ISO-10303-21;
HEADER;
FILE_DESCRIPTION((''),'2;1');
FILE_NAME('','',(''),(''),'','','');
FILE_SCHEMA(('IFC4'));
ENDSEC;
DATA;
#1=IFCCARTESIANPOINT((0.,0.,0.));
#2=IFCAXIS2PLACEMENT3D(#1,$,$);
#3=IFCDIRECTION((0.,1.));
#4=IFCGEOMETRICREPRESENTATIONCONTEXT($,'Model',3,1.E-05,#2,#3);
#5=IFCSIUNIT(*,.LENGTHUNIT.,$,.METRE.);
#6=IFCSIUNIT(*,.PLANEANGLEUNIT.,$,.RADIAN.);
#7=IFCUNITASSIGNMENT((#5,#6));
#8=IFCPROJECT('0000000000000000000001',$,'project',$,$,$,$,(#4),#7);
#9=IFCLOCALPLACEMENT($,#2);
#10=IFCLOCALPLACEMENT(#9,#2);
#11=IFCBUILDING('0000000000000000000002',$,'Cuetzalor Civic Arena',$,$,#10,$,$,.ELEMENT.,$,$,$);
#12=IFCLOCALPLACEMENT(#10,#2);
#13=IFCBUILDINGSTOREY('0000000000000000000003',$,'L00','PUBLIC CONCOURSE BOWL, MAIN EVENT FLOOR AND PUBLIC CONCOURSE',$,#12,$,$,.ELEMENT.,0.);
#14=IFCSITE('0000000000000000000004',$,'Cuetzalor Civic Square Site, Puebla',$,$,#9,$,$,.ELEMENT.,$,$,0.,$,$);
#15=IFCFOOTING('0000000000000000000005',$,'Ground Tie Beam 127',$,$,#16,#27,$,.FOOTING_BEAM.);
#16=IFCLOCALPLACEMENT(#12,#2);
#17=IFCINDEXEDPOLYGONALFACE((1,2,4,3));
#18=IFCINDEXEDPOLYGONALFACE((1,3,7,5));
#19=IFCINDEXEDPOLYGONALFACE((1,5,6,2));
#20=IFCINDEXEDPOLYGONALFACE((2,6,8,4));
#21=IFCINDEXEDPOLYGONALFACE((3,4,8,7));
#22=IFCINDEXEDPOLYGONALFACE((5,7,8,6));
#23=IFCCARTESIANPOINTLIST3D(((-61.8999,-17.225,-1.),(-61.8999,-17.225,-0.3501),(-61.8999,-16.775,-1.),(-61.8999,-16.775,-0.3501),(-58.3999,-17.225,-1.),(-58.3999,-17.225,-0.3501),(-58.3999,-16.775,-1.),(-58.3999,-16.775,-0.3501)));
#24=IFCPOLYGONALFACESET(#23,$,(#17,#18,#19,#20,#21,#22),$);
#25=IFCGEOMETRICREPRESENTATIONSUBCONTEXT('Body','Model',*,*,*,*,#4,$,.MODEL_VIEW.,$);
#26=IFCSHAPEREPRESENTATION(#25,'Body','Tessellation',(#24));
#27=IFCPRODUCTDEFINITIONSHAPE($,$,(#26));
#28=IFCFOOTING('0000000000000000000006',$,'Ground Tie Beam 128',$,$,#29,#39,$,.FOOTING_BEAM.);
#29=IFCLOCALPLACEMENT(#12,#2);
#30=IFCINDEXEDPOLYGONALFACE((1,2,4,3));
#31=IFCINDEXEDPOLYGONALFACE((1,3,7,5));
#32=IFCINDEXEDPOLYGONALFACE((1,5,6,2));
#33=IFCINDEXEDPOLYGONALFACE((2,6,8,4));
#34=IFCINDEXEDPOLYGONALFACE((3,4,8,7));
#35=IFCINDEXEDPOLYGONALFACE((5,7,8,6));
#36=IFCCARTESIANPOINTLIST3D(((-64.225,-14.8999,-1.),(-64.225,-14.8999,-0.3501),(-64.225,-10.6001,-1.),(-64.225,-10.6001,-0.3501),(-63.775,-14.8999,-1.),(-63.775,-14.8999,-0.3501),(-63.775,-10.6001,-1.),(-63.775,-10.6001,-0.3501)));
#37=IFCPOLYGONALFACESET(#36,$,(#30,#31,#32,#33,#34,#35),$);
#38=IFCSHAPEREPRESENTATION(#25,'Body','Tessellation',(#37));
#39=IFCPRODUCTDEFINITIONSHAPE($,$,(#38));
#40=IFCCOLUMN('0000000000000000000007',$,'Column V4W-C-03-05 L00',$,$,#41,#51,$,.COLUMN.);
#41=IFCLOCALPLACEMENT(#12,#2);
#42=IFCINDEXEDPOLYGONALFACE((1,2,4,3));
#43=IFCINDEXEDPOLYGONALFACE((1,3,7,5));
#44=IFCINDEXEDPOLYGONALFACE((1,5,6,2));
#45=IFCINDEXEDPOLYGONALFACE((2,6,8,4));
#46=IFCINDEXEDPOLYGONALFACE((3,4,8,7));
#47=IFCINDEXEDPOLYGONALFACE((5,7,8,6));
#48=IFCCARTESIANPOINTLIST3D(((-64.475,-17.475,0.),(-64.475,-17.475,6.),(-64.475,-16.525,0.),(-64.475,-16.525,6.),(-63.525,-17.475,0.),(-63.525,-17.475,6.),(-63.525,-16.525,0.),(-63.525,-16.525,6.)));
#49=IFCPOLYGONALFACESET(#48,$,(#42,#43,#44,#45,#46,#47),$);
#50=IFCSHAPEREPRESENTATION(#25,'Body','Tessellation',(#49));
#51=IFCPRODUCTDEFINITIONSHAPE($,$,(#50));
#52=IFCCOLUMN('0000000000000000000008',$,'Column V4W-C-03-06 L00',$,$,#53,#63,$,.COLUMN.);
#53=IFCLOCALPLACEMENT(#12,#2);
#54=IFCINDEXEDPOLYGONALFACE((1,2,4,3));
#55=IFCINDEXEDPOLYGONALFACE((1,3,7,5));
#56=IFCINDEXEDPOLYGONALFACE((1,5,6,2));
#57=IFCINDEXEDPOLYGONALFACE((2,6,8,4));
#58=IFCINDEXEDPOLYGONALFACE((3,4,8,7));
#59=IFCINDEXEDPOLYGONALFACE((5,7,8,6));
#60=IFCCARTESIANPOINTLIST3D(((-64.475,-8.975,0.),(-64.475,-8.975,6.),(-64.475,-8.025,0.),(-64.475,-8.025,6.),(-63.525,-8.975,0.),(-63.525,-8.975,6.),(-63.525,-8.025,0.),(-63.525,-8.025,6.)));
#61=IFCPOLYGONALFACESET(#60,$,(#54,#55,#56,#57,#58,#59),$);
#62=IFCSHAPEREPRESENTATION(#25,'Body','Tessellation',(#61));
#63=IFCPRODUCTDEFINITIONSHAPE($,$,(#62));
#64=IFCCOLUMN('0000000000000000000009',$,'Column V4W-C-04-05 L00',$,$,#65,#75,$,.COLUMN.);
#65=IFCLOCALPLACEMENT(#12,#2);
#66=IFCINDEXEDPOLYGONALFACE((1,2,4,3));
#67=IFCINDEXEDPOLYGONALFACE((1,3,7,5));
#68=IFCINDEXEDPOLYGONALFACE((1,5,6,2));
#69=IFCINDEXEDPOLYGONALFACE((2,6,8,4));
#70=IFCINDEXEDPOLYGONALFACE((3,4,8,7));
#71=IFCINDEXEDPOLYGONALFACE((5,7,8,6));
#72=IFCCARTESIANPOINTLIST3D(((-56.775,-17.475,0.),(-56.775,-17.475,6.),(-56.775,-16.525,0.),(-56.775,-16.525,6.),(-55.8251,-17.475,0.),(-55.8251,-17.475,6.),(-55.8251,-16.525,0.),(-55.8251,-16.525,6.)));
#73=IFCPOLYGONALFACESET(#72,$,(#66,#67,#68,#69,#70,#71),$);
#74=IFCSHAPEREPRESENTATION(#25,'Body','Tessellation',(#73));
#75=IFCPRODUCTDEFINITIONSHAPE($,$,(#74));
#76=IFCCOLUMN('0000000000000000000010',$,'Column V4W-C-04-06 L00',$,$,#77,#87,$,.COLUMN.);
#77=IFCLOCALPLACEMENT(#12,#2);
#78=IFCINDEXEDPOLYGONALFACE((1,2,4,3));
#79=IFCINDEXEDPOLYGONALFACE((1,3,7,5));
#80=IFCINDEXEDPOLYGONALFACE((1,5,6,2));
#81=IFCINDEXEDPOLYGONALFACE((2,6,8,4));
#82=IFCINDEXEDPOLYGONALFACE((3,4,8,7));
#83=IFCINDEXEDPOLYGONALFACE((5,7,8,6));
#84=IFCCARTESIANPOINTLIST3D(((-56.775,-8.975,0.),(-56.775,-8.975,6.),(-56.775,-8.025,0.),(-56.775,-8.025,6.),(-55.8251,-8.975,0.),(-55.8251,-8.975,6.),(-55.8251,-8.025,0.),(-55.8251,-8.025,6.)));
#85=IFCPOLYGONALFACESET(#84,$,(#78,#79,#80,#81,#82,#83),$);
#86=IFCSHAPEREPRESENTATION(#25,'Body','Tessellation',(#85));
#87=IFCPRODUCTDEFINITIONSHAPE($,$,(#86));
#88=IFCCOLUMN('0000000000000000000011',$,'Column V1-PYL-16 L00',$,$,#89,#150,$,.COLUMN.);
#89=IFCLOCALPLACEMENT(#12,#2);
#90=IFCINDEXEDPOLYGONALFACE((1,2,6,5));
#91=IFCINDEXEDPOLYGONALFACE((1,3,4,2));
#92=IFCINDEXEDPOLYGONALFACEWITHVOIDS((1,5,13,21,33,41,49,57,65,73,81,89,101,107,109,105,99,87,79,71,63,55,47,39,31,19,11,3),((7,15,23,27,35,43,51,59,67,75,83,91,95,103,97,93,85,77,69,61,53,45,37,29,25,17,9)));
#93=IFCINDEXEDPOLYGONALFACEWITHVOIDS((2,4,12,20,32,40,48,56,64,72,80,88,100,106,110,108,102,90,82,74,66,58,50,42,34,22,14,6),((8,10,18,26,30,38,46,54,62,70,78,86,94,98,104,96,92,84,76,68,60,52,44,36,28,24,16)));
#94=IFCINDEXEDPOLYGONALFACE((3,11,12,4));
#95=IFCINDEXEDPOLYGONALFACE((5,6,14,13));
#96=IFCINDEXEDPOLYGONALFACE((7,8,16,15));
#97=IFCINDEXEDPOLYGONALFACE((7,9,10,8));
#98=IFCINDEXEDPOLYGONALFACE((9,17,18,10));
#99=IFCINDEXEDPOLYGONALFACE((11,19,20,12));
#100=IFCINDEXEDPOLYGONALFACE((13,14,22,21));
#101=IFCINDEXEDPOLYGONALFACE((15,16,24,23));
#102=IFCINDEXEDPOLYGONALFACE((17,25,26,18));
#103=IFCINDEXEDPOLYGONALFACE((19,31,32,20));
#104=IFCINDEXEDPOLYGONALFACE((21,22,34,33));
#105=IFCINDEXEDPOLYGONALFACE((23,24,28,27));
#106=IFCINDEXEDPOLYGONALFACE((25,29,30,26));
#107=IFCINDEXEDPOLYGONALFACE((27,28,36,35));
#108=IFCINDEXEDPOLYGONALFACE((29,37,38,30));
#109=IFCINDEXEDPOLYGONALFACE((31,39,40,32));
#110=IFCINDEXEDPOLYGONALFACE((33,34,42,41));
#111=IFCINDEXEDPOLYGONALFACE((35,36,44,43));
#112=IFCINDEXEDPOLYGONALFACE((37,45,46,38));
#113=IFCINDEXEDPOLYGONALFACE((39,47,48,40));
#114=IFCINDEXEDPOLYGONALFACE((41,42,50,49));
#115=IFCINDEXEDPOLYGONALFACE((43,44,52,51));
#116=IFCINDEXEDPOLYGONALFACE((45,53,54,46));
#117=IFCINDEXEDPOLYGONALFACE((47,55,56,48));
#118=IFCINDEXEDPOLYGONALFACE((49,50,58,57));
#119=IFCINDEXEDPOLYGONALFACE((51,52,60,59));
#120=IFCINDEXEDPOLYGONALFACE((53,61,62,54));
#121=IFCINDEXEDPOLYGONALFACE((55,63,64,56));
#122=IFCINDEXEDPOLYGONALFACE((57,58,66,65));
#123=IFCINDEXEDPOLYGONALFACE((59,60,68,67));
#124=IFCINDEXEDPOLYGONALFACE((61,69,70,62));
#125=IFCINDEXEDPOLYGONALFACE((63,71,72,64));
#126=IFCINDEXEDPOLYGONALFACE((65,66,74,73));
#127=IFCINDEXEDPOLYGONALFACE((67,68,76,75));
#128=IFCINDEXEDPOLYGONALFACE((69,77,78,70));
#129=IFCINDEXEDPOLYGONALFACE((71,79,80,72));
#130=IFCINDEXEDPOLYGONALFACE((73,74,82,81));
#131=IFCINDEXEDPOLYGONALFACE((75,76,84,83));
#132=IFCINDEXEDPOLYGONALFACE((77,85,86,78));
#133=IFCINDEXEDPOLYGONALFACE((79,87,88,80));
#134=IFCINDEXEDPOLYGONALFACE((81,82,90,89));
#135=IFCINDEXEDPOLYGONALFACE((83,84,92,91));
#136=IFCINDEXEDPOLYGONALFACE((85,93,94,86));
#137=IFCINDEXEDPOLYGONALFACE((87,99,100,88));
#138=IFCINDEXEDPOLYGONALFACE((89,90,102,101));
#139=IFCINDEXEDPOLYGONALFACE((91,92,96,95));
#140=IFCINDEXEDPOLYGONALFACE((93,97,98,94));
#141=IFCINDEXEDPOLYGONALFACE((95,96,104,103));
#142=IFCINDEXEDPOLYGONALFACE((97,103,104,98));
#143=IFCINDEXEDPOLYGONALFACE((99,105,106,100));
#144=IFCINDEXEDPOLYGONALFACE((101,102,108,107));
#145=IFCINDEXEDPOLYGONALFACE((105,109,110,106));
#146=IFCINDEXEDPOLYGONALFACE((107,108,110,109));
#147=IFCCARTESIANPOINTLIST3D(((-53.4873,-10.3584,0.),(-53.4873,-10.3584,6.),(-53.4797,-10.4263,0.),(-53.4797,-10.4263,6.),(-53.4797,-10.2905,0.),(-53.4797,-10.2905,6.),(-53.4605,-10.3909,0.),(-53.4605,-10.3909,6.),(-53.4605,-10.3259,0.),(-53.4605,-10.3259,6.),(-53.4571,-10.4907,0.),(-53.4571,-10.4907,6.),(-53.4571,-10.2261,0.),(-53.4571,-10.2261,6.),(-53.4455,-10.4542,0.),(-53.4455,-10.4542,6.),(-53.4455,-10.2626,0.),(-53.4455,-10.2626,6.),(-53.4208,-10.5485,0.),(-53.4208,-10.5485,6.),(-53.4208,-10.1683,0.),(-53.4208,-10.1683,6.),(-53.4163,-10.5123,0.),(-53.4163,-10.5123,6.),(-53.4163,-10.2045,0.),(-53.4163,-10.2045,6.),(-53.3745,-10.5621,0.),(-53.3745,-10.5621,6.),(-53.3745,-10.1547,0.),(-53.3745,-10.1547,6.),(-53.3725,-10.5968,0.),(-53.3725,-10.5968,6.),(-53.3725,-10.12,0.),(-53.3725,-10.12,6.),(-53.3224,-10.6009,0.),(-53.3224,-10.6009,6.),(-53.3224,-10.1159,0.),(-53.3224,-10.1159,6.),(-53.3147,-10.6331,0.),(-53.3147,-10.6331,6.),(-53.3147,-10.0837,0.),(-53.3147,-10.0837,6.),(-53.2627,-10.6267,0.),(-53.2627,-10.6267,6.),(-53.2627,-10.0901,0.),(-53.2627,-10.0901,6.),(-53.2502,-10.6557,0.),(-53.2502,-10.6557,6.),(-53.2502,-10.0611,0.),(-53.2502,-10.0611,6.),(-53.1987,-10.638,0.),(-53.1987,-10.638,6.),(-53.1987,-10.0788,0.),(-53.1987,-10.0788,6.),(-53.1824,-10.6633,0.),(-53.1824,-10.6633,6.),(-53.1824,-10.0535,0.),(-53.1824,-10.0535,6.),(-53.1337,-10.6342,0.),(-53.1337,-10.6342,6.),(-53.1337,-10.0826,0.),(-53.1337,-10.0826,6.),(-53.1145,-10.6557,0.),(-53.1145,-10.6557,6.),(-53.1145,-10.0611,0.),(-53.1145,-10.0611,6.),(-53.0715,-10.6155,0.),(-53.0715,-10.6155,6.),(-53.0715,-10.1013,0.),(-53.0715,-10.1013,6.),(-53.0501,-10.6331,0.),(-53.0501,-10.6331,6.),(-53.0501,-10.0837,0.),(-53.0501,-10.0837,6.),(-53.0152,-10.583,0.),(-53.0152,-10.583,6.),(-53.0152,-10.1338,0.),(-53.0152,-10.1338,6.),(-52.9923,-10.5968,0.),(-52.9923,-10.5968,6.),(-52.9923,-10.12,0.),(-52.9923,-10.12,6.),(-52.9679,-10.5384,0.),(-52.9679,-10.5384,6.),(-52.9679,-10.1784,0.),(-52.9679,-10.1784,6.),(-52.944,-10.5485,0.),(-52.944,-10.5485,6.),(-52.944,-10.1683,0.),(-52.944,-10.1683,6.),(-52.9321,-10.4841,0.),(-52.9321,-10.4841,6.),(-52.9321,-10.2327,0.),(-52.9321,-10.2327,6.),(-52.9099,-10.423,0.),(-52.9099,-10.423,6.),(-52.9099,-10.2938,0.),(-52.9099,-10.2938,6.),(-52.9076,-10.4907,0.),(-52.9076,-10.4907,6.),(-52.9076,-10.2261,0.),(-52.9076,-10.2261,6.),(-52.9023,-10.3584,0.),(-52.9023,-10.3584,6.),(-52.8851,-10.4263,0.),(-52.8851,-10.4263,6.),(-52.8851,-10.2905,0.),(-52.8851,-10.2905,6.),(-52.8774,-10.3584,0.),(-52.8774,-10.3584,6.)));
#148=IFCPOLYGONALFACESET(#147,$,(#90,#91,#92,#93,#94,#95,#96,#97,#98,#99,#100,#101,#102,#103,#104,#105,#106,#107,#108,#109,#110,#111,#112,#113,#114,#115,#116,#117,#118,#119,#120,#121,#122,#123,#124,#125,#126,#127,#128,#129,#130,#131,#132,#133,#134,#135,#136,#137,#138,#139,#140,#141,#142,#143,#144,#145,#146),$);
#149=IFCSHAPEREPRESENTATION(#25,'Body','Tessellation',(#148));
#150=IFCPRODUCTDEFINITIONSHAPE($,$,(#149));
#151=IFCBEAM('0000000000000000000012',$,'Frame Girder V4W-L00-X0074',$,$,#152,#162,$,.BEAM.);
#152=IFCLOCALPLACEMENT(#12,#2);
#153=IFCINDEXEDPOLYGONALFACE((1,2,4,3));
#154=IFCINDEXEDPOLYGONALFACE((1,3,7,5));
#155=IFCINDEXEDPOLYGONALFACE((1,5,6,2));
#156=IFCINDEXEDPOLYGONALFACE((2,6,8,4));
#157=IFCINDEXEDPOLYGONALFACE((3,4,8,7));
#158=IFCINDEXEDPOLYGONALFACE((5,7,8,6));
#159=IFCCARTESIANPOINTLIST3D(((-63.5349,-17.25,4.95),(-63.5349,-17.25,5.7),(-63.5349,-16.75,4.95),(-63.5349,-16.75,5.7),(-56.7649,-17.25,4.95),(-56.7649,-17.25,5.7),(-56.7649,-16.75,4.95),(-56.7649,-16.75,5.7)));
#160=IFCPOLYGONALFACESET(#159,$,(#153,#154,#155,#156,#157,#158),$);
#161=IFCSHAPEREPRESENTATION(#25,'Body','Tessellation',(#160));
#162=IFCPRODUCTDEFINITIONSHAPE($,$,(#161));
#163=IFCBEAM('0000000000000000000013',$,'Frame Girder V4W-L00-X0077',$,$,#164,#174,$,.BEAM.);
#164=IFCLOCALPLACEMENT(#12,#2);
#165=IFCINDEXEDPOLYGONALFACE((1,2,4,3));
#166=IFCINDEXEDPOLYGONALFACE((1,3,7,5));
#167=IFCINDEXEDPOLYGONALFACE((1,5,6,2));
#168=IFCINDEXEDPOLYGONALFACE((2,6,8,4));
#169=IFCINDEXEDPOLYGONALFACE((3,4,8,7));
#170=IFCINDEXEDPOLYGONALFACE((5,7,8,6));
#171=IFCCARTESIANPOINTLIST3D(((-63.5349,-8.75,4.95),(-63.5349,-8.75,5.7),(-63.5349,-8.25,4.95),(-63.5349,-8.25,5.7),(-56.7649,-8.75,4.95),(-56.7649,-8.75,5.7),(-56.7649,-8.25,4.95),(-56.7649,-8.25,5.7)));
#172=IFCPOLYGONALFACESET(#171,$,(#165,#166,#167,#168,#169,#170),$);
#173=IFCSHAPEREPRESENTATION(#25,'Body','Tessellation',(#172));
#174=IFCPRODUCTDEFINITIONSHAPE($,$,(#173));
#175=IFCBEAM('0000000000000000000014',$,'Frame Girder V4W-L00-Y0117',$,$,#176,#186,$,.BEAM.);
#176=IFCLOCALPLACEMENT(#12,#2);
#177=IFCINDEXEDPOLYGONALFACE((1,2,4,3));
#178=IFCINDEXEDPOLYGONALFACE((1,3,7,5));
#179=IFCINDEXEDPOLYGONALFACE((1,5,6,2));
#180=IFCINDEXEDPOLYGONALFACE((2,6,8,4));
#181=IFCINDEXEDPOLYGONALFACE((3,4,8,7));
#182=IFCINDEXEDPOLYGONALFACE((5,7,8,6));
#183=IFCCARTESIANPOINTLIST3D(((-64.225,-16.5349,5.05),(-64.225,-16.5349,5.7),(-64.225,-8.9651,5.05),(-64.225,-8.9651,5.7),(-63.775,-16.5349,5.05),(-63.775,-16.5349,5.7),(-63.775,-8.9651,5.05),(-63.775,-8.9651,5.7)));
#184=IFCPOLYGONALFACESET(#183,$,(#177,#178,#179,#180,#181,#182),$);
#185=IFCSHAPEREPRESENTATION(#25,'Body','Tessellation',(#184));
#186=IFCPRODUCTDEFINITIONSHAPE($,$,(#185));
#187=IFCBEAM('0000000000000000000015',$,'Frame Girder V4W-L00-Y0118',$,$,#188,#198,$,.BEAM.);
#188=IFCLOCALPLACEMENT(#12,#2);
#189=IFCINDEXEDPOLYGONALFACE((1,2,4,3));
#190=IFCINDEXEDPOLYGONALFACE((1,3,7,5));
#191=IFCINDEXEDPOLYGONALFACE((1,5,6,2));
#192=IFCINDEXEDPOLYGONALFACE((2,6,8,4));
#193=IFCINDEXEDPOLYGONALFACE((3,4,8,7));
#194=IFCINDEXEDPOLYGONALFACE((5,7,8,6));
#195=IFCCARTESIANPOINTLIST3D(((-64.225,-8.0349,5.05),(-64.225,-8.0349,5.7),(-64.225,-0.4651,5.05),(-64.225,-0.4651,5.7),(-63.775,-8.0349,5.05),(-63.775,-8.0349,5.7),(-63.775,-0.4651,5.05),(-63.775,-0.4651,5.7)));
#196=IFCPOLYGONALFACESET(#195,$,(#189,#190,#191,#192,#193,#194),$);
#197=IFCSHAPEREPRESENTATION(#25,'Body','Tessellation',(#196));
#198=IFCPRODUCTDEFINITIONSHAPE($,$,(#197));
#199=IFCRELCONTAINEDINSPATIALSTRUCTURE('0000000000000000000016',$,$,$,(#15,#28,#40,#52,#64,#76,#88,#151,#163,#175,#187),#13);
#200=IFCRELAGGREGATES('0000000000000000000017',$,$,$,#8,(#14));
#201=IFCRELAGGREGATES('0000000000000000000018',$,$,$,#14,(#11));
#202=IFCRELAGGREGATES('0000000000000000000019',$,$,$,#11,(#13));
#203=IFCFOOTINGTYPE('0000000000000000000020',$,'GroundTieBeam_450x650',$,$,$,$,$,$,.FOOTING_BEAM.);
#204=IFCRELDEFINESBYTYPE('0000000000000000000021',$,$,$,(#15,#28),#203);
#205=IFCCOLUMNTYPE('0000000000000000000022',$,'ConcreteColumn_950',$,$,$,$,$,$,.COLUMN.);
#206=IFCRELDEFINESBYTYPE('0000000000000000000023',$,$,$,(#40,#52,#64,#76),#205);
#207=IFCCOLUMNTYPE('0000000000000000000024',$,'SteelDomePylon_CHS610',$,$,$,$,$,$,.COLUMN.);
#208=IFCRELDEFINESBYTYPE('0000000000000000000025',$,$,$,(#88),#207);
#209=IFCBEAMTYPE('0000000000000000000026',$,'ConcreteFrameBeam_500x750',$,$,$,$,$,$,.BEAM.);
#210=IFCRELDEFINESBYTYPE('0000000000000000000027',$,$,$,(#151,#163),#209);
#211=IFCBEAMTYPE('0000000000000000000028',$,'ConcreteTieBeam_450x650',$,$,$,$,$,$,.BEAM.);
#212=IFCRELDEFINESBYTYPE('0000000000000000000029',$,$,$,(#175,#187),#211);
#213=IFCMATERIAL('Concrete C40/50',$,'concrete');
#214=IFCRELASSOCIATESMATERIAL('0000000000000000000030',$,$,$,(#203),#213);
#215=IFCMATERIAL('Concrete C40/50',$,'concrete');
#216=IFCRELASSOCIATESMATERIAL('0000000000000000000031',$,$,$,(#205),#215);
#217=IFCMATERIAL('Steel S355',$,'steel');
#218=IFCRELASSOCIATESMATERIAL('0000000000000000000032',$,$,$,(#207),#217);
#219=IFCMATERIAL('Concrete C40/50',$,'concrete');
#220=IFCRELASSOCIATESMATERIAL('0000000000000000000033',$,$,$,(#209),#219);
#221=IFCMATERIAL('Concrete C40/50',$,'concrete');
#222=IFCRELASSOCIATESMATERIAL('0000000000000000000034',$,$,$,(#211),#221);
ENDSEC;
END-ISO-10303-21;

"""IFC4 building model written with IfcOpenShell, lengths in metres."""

from ifc_helpers import new_model, si_unit, direction, frame, origin, origin_2d, place, context, subcontext, project, spatial, rectangle, hollow_circle, extrude, material, material_profile, profile_set, type_object, element, save


model = new_model("IFC4")

# Units and contexts
model_context = context("Model", 3, precision=1e-05, world=origin(), true_north=direction((0.0, 1.0)))
body_context = subcontext(model_context, "Body", "Model", "MODEL_VIEW")
ifc_project = project(units=[si_unit("LENGTHUNIT", "METRE"), si_unit("PLANEANGLEUNIT", "RADIAN")], contexts=[model_context])

# Site, building, storey
site_placement = place(None, origin())
site = spatial("IfcSite", under=ifc_project, at=site_placement, Name="Cuetzalor Civic Square Site, Puebla", CompositionType="ELEMENT", RefElevation=0.0)
building_placement = place(site_placement, origin())
building = spatial("IfcBuilding", under=site, at=building_placement, Name="Cuetzalor Civic Arena", CompositionType="ELEMENT")
storey_placement = place(building_placement, origin())
storey = spatial("IfcBuildingStorey", under=building, at=storey_placement, Name="L00", Description="PUBLIC CONCOURSE BOWL, MAIN EVENT FLOOR AND PUBLIC CONCOURSE", CompositionType="ELEMENT", Elevation=0.0)

# Footings
ifc_material_1 = material(Name="Concrete C40/50", Category="concrete")
ifc_material_profile_1 = material_profile(ifc_material_1, rectangle(XDim=0.45, YDim=0.6499, at=origin_2d()), Name="RC 450x650")
ifc_profile_set_1 = profile_set([ifc_material_profile_1], Name="Concrete C40/50")
footing_type_1 = type_object("IfcFootingType", Name="GroundTieBeam_450x650", PredefinedType="FOOTING_BEAM", material=ifc_profile_set_1)
footing_1_placement = place(storey_placement, frame((-61.8999, -17.0, -0.675), z_axis=(1.0, 0.0, 0.0), x_axis=(0.0, 1.0, 0.0)))
element("IfcFooting", 1, at=footing_1_placement, inside=storey, type_object=footing_type_1, Name="Ground Tie Beam 127", PredefinedType="FOOTING_BEAM", context=body_context, shape_type="SweptSolid", body=[
    extrude(rectangle(XDim=0.45, YDim=0.6499, at=origin_2d()), origin(), (0.0, 0.0, 1.0), 3.5),
])
footing_2_placement = place(storey_placement, frame((-64.0, -14.8999, -0.675), z_axis=(0.0, 1.0, 0.0), x_axis=(-1.0, 0.0, 0.0)))
element("IfcFooting", 2, at=footing_2_placement, inside=storey, type_object=footing_type_1, Name="Ground Tie Beam 128", PredefinedType="FOOTING_BEAM", context=body_context, shape_type="SweptSolid", body=[
    extrude(rectangle(XDim=0.45, YDim=0.6499, at=origin_2d()), origin(), (0.0, 0.0, 1.0), 4.2998),
])

# Columns
ifc_material_2 = material(Name="Concrete C40/50", Category="concrete")
ifc_material_profile_2 = material_profile(ifc_material_2, rectangle(XDim=0.95, YDim=0.95, at=origin_2d()), Name="RC 950x950")
ifc_profile_set_2 = profile_set([ifc_material_profile_2], Name="Concrete C40/50")
column_type_1 = type_object("IfcColumnType", Name="ConcreteColumn_950", PredefinedType="COLUMN", material=ifc_profile_set_2)
for number, where, z_axis, x_axis, name in (
    (3, (-64.0, -17.0, 0.0), (0.0, 0.0, 1.0), (1.0, 0.0, 0.0), "Column V4W-C-03-05 L00"),
    (4, (-64.0, -8.5, 0.0), (0.0, 0.0, 1.0), (1.0, 0.0, 0.0), "Column V4W-C-03-06 L00"),
    (5, (-56.3, -17.0, 0.0), (0.0, 0.0, 1.0), (1.0, 0.0, 0.0), "Column V4W-C-04-05 L00"),
    (6, (-56.3, -8.5, 0.0), (0.0, 0.0, 1.0), (1.0, 0.0, 0.0), "Column V4W-C-04-06 L00"),
):
    element("IfcColumn", number, at=place(storey_placement, frame(where, z_axis=z_axis, x_axis=x_axis)), inside=storey, type_object=column_type_1, Name=name, PredefinedType="COLUMN", context=body_context, shape_type="SweptSolid", body=[
        extrude(rectangle(XDim=0.95, YDim=0.95, at=origin_2d()), origin(), (0.0, 0.0, 1.0), 6.0),
    ])
ifc_material_3 = material(Name="Steel S355", Category="steel")
ifc_material_profile_3 = material_profile(ifc_material_3, hollow_circle(Radius=0.3049, WallThickness=0.0249, at=origin_2d()), Name="CHS 610x25")
ifc_profile_set_3 = profile_set([ifc_material_profile_3], Name="Steel S355")
column_type_2 = type_object("IfcColumnType", Name="SteelDomePylon_CHS610", PredefinedType="COLUMN", material=ifc_profile_set_3)
column_placement = place(storey_placement, frame((-53.1824, -10.3584, 0.0), z_axis=(0.0, 0.0, 1.0), x_axis=(1.0, 0.0, 0.0)))
element("IfcColumn", 7, at=column_placement, inside=storey, type_object=column_type_2, Name="Column V1-PYL-16 L00", PredefinedType="COLUMN", context=body_context, shape_type="SweptSolid", body=[
    extrude(hollow_circle(Radius=0.3049, WallThickness=0.0249, at=origin_2d()), origin(), (0.0, 0.0, 1.0), 6.0),
])

# Beams
ifc_material_4 = material(Name="Concrete C40/50", Category="concrete")
ifc_material_profile_4 = material_profile(ifc_material_4, rectangle(XDim=0.5, YDim=0.75, at=origin_2d()), Name="RC 500x750")
ifc_profile_set_4 = profile_set([ifc_material_profile_4], Name="Concrete C40/50")
beam_type_1 = type_object("IfcBeamType", Name="ConcreteFrameBeam_500x750", PredefinedType="BEAM", material=ifc_profile_set_4)
for number, where, z_axis, x_axis, name in (
    (8, (-63.5349, -17.0, 5.325), (1.0, 0.0, 0.0), (0.0, 1.0, 0.0), "Frame Girder V4W-L00-X0074"),
    (9, (-63.5349, -8.5, 5.325), (1.0, 0.0, 0.0), (0.0, 1.0, 0.0), "Frame Girder V4W-L00-X0077"),
):
    element("IfcBeam", number, at=place(storey_placement, frame(where, z_axis=z_axis, x_axis=x_axis)), inside=storey, type_object=beam_type_1, Name=name, PredefinedType="BEAM", context=body_context, shape_type="SweptSolid", body=[
        extrude(rectangle(XDim=0.5, YDim=0.75, at=origin_2d()), origin(), (0.0, 0.0, 1.0), 6.77),
    ])
ifc_material_5 = material(Name="Concrete C40/50", Category="concrete")
ifc_material_profile_5 = material_profile(ifc_material_5, rectangle(XDim=0.45, YDim=0.6499, at=origin_2d()), Name="RC 450x650")
ifc_profile_set_5 = profile_set([ifc_material_profile_5], Name="Concrete C40/50")
beam_type_2 = type_object("IfcBeamType", Name="ConcreteTieBeam_450x650", PredefinedType="BEAM", material=ifc_profile_set_5)
for number, where, z_axis, x_axis, name in (
    (10, (-64.0, -16.5349, 5.375), (0.0, 1.0, 0.0), (-1.0, 0.0, 0.0), "Frame Girder V4W-L00-Y0117"),
    (11, (-64.0, -8.0349, 5.375), (0.0, 1.0, 0.0), (-1.0, 0.0, 0.0), "Frame Girder V4W-L00-Y0118"),
):
    element("IfcBeam", number, at=place(storey_placement, frame(where, z_axis=z_axis, x_axis=x_axis)), inside=storey, type_object=beam_type_2, Name=name, PredefinedType="BEAM", context=body_context, shape_type="SweptSolid", body=[
        extrude(rectangle(XDim=0.45, YDim=0.6499, at=origin_2d()), origin(), (0.0, 0.0, 1.0), 7.5698),
    ])

save(model, "model.ifc")
